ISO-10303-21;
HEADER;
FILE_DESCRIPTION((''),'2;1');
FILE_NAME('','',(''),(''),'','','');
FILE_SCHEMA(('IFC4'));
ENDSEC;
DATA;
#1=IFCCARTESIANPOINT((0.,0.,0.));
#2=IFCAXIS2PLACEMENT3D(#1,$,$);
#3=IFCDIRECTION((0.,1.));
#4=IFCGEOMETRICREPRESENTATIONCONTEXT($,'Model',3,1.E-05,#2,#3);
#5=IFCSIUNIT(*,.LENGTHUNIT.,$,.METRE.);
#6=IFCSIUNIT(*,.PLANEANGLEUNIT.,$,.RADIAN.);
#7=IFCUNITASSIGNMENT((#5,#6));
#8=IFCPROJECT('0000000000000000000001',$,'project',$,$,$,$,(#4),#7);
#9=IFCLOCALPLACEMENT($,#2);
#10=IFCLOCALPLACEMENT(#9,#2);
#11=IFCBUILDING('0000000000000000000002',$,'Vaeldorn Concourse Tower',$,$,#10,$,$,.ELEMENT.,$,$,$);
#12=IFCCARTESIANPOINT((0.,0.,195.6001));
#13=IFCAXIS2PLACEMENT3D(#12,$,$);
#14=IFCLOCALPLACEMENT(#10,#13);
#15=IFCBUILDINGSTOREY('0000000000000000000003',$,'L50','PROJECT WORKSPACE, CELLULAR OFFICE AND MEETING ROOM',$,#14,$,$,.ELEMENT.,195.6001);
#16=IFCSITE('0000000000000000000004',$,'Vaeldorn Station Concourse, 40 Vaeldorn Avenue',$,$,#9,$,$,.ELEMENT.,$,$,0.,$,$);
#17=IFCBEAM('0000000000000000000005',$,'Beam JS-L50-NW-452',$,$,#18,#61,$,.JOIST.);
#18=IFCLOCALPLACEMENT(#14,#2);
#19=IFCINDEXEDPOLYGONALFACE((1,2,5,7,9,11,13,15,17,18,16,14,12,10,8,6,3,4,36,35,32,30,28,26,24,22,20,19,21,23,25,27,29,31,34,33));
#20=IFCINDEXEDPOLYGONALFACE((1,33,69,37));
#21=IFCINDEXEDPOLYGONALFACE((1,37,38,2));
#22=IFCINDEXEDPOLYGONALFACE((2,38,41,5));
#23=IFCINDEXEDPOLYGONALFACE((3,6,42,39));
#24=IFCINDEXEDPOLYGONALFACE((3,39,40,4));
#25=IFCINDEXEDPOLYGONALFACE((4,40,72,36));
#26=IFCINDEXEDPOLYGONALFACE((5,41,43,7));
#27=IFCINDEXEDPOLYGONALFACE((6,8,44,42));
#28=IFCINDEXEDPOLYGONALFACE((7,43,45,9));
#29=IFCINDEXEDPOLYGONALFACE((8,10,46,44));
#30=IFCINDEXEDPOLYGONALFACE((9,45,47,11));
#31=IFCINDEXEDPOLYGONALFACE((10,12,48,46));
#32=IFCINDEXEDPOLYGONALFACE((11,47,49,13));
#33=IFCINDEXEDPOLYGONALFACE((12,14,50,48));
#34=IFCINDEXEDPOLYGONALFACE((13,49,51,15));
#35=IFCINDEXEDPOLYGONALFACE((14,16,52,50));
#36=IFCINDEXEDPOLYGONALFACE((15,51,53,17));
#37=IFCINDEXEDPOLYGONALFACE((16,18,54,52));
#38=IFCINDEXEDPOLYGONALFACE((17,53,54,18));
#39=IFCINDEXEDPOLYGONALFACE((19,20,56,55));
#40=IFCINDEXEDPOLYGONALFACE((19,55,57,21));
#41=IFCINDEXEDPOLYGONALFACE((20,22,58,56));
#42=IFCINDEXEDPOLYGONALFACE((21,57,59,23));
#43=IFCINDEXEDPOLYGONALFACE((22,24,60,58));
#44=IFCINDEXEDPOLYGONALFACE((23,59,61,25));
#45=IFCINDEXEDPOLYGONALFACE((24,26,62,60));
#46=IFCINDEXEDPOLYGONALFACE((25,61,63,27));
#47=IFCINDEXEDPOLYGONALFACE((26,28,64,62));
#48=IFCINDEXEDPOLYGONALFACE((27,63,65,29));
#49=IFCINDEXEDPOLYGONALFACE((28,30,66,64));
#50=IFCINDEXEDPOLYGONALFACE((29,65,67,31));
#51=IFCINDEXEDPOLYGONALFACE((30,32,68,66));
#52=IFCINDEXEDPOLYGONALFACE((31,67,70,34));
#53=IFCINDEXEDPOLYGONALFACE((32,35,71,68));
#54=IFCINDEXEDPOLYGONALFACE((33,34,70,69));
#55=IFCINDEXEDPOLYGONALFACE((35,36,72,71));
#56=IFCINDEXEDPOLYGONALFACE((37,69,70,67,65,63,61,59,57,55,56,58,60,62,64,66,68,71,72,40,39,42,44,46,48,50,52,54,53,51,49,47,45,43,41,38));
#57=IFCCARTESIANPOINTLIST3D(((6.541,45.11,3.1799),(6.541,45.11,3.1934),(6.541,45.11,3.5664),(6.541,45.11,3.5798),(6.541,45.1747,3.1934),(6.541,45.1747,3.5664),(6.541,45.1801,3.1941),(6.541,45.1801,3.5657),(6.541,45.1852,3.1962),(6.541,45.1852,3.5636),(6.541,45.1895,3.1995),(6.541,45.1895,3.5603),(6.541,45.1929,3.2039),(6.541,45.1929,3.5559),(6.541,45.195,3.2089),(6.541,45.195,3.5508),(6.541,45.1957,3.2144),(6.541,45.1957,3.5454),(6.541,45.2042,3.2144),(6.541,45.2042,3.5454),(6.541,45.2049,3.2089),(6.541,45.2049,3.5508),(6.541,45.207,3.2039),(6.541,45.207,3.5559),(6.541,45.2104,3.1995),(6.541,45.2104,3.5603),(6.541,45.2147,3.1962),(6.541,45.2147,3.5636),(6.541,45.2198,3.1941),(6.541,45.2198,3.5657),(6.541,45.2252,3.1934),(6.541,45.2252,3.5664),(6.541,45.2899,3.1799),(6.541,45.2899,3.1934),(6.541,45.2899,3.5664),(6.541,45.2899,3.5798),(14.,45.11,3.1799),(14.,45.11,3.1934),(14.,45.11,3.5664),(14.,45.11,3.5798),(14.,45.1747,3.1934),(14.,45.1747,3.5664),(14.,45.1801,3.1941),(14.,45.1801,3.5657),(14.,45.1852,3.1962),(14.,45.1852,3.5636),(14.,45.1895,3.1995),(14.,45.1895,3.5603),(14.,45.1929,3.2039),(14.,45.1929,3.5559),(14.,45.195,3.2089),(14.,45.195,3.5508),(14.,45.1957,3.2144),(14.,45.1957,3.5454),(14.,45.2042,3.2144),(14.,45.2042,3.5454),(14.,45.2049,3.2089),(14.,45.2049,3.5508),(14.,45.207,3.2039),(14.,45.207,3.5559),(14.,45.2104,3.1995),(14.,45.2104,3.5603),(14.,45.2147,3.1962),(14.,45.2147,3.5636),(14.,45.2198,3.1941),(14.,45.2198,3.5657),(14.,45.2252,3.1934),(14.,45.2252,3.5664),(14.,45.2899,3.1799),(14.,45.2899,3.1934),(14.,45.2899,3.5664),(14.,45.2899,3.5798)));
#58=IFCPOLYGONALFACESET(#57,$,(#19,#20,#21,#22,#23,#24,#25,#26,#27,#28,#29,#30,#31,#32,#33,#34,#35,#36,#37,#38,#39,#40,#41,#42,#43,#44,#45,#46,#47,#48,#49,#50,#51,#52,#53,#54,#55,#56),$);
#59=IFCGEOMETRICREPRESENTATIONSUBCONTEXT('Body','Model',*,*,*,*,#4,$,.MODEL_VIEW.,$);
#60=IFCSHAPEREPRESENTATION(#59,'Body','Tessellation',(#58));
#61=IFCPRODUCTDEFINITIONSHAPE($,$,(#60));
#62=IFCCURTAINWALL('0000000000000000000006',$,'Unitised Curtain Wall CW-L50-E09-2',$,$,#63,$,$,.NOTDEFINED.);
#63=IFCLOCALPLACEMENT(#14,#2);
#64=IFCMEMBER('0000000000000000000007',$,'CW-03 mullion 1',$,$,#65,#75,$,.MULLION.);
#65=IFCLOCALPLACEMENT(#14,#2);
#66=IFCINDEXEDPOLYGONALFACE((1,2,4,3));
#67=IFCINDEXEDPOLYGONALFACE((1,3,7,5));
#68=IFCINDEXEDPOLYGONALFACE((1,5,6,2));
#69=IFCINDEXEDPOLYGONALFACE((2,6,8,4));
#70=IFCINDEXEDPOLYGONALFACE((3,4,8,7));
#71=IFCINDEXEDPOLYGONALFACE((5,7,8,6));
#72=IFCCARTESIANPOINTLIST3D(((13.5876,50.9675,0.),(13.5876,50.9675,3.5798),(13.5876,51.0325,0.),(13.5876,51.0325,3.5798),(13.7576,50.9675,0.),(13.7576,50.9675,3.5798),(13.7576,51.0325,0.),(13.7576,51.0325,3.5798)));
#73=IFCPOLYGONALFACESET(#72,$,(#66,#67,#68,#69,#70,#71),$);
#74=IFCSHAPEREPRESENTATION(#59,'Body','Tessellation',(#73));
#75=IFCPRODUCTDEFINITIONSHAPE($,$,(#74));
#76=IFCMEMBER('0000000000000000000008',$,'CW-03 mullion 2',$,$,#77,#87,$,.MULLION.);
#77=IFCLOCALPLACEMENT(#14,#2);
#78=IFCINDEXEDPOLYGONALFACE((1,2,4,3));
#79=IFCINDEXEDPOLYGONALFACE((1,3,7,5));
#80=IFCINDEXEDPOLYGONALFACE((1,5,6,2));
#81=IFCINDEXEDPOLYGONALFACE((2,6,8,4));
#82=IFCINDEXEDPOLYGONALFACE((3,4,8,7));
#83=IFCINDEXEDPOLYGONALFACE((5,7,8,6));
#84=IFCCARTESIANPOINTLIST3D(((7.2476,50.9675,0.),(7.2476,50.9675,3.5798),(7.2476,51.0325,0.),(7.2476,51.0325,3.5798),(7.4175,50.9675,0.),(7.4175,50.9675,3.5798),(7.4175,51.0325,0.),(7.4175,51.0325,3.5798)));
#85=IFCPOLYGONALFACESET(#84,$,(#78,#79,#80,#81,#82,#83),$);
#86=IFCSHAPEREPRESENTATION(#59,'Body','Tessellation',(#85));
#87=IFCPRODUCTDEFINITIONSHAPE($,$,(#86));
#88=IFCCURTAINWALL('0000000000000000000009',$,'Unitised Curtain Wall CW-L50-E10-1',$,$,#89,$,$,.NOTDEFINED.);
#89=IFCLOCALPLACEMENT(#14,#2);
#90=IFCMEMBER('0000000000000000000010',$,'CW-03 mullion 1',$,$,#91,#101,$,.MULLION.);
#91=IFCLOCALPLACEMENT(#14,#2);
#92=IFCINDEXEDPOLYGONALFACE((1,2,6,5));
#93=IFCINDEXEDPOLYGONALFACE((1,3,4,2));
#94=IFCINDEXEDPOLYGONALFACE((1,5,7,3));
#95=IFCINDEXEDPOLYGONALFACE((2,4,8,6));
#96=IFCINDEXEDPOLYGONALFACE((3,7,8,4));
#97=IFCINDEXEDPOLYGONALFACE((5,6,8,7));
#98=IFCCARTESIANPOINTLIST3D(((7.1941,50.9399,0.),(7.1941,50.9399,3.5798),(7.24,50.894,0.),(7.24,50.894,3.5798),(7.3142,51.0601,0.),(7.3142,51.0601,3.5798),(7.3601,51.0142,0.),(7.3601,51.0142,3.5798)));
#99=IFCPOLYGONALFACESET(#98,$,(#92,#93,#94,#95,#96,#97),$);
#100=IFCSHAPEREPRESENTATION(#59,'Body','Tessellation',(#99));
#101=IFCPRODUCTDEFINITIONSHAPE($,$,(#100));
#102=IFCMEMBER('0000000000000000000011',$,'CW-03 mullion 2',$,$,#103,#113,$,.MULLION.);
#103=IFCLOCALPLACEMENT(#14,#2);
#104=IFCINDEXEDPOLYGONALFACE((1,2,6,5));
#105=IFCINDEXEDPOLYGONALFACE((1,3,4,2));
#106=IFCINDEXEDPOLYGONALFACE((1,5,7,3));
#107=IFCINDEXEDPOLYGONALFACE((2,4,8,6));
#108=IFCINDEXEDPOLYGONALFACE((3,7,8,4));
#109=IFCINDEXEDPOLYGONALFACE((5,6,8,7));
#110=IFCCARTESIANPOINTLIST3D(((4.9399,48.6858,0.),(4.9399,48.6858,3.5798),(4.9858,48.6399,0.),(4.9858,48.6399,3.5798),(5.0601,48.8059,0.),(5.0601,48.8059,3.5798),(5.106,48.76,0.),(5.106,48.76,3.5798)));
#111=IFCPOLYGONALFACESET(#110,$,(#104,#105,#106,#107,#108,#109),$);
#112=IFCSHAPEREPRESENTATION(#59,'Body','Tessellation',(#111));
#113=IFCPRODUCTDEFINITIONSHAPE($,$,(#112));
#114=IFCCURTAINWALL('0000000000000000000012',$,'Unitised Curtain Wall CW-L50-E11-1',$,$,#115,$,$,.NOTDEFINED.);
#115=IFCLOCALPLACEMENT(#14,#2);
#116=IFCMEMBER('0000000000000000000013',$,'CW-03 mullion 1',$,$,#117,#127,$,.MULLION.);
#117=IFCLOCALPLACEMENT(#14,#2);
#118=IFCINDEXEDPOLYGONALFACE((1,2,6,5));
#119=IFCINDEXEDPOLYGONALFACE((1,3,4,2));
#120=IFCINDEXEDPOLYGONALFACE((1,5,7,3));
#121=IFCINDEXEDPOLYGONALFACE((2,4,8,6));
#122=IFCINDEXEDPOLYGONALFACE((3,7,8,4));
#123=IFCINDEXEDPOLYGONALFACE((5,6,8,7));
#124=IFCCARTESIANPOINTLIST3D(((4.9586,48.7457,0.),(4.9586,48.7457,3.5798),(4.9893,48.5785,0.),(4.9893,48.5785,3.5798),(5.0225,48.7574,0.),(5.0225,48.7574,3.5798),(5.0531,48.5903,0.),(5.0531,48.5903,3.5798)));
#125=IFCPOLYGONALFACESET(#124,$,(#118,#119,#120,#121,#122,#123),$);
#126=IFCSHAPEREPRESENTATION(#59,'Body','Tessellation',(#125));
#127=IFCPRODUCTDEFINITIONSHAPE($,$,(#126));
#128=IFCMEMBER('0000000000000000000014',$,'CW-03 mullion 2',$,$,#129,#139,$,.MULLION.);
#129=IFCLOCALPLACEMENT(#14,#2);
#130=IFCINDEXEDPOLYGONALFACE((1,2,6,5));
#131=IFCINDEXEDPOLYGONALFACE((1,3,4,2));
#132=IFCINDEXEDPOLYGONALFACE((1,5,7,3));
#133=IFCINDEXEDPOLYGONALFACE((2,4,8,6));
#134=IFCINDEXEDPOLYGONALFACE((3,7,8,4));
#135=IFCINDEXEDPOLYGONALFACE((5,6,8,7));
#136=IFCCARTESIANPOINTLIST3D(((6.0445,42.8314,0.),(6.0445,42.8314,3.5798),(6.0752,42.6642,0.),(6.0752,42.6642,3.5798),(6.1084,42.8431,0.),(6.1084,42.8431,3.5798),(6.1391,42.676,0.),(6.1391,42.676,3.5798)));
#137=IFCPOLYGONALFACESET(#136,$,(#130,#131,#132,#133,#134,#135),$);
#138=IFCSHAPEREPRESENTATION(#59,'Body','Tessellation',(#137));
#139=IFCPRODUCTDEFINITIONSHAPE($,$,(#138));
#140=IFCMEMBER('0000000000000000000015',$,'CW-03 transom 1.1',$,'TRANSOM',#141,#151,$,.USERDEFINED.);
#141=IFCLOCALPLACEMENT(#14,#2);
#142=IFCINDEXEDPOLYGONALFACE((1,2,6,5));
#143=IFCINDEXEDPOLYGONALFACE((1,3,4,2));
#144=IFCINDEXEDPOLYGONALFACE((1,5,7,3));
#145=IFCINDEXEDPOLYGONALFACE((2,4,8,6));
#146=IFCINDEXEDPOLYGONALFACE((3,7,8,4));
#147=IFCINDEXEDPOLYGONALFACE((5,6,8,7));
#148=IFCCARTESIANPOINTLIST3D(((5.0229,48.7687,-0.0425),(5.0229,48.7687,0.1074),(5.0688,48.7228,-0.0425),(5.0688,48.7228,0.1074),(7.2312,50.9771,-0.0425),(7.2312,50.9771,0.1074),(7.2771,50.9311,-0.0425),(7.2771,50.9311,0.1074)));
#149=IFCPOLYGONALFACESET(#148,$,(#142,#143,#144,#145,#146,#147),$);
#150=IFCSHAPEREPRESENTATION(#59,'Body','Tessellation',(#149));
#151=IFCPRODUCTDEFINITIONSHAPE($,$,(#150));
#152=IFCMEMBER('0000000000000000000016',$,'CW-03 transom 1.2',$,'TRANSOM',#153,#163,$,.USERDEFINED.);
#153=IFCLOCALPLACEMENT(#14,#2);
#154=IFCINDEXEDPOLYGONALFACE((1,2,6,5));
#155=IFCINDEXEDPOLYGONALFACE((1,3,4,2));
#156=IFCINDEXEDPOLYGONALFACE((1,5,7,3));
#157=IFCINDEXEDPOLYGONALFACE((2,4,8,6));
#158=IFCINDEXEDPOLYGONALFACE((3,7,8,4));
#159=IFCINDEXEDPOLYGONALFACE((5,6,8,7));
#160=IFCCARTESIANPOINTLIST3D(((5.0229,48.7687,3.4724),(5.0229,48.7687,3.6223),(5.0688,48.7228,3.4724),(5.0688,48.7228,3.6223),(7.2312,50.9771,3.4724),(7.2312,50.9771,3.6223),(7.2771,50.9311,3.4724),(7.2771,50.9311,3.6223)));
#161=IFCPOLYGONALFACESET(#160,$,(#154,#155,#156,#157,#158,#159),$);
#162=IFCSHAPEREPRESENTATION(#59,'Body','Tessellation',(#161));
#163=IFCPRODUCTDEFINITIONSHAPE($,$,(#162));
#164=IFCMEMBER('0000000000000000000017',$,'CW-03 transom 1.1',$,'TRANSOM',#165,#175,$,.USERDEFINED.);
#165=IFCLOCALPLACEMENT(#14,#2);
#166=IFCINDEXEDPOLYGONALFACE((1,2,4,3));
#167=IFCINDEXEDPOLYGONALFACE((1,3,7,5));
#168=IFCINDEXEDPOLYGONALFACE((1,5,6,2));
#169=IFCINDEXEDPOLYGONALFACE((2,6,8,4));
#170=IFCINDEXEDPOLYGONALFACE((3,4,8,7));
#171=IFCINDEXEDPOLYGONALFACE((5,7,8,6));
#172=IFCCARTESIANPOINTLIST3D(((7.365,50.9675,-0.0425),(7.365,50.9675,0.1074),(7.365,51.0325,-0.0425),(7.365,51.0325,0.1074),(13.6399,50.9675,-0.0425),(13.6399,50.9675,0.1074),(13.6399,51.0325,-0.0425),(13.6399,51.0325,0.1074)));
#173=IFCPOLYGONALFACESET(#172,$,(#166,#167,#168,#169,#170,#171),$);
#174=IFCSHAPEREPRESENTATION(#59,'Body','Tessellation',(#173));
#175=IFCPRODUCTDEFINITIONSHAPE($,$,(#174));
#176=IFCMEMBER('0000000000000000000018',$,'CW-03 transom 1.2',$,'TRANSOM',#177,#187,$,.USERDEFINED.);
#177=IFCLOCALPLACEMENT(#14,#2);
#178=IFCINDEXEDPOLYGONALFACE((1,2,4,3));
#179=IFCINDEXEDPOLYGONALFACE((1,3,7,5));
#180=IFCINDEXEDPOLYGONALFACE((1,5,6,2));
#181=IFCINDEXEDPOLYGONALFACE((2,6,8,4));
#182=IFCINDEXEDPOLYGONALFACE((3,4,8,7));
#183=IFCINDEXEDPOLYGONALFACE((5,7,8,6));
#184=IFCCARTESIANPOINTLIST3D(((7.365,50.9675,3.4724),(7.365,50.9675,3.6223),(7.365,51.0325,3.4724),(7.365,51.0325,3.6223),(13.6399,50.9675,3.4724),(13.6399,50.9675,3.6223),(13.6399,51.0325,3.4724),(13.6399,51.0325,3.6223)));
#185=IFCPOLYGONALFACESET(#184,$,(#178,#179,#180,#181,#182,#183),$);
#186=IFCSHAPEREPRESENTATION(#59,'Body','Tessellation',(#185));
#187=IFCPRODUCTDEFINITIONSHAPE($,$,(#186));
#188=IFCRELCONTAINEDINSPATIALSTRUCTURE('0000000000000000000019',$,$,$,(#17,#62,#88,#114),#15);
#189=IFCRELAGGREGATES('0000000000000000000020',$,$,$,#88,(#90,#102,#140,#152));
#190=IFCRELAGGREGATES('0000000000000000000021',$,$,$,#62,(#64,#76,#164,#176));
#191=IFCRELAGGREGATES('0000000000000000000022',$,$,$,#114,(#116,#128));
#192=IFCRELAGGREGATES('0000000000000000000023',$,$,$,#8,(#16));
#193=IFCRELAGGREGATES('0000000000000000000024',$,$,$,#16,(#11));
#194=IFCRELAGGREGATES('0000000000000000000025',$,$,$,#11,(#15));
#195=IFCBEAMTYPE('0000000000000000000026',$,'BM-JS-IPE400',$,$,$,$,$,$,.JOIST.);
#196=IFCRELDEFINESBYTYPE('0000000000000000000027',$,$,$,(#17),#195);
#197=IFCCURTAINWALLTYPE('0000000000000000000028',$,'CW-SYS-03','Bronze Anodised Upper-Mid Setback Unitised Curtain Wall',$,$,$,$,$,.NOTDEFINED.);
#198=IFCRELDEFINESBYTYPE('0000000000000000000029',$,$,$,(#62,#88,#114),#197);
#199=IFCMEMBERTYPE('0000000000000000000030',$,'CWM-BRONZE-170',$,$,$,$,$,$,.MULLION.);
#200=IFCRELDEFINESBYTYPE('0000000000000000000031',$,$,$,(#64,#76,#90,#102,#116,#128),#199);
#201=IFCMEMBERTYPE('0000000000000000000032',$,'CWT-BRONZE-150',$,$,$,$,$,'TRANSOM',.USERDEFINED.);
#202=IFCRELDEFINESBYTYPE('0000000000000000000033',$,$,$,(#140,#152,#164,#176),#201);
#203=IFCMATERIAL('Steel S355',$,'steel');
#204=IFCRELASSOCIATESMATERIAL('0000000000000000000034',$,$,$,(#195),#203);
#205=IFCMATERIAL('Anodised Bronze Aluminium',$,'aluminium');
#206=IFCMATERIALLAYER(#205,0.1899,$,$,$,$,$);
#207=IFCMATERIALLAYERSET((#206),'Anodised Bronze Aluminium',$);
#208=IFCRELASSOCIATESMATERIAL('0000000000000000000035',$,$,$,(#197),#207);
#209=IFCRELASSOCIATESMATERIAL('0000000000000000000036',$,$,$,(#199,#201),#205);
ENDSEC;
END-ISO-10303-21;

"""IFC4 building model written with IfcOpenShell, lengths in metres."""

from ifc_helpers import new_model, si_unit, direction, frame, origin, origin_2d, place, context, subcontext, project, spatial, rectangle, i_section, extrude, source, transform, mapped, material, layer, layer_set, material_profile, profile_set, type_object, element, aggregate, save


model = new_model("IFC4")

# Units and contexts
model_context = context("Model", 3, precision=1e-05, world=origin(), true_north=direction((0.0, 1.0)))
body_context = subcontext(model_context, "Body", "Model", "MODEL_VIEW")
ifc_project = project(units=[si_unit("LENGTHUNIT", "METRE"), si_unit("PLANEANGLEUNIT", "RADIAN")], contexts=[model_context])

# Site, building, storey
site_placement = place(None, origin())
site = spatial("IfcSite", under=ifc_project, at=site_placement, Name="Vaeldorn Station Concourse, 40 Vaeldorn Avenue", CompositionType="ELEMENT", RefElevation=0.0)
building_placement = place(site_placement, origin())
building = spatial("IfcBuilding", under=site, at=building_placement, Name="Vaeldorn Concourse Tower", CompositionType="ELEMENT")
storey_placement = place(building_placement, frame((0.0, 0.0, 195.6001)))
storey = spatial("IfcBuildingStorey", under=building, at=storey_placement, Name="L50", Description="PROJECT WORKSPACE, CELLULAR OFFICE AND MEETING ROOM", CompositionType="ELEMENT", Elevation=195.6001)

# Beam
ifc_material_1 = material(Name="Steel S355", Category="steel")
ifc_material_profile_1 = material_profile(ifc_material_1, i_section(OverallWidth=0.1799, OverallDepth=0.3999, WebThickness=0.0085, FlangeThickness=0.0134, FilletRadius=0.021, at=origin_2d()), Name="IPE 400")
ifc_profile_set_1 = profile_set([ifc_material_profile_1], Name="Steel S355")
beam_type_1 = type_object("IfcBeamType", Name="BM-JS-IPE400", PredefinedType="JOIST", material=ifc_profile_set_1)
shared_shape_1 = source(origin(), body_context, "Body", "SweptSolid", [
    extrude(i_section(OverallWidth=0.1799, OverallDepth=0.3999, WebThickness=0.0085, FlangeThickness=0.0134, FilletRadius=0.021, at=origin_2d()), origin(), (0.0, 0.0, 1.0), 7.459),
])
beam_1_placement = place(storey_placement, frame((6.541, 45.2, 3.3799), z_axis=(1.0, 0.0, 0.0), x_axis=(0.0, 1.0, 0.0)))
element("IfcBeam", 1, at=beam_1_placement, inside=storey, type_object=beam_type_1, Name="Beam JS-L50-NW-452", PredefinedType="JOIST", context=body_context, shape_type="MappedRepresentation", body=[
    mapped(shared_shape_1, transform((0.0, 0.0, 0.0), scale=1.0)),
])

# Curtain walls, members
ifc_material_2 = material(Name="Anodised Bronze Aluminium", Category="aluminium")
ifc_layer_1 = layer(ifc_material_2, 0.1899)
ifc_layer_set_1 = layer_set([ifc_layer_1], Name="Anodised Bronze Aluminium")
curtain_wall_type = type_object("IfcCurtainWallType", Name="CW-SYS-03", Description="Bronze Anodised Upper-Mid Setback Unitised Curtain Wall", PredefinedType="NOTDEFINED", material=ifc_layer_set_1)
curtain_wall_1_placement = place(storey_placement, origin())
curtain_wall_1 = element("IfcCurtainWall", 2, at=curtain_wall_1_placement, inside=storey, type_object=curtain_wall_type, Name="Unitised Curtain Wall CW-L50-E09-2", PredefinedType="NOTDEFINED")
ifc_material_profile_2 = material_profile(ifc_material_2, rectangle(XDim=0.0649, YDim=0.1699, at=origin_2d()), Name="CWM 65x170")
ifc_profile_set_2 = profile_set([ifc_material_profile_2], Name="Anodised Bronze Aluminium")
member_type_1 = type_object("IfcMemberType", Name="CWM-BRONZE-170", PredefinedType="MULLION", material=ifc_profile_set_2)
shared_shape_2 = source(origin(), body_context, "Body", "SweptSolid", [
    extrude(rectangle(XDim=0.0649, YDim=0.1699, at=origin_2d()), origin(), (0.0, 0.0, 1.0), 3.5798),
])
member_1_placement = place(storey_placement, frame((13.6726, 51.0, 0.0), z_axis=(0.0, 0.0, 1.0), x_axis=(0.0, -1.0, 0.0)))
member_1 = element("IfcMember", 3, at=member_1_placement, type_object=member_type_1, Name="CW-03 mullion 1", PredefinedType="MULLION", context=body_context, shape_type="MappedRepresentation", body=[
    mapped(shared_shape_2, transform((0.0, 0.0, 0.0), scale=1.0)),
])
member_2_placement = place(storey_placement, frame((7.3325, 51.0, 0.0), z_axis=(0.0, 0.0, 1.0), x_axis=(0.0, -1.0, 0.0)))
member_2 = element("IfcMember", 4, at=member_2_placement, type_object=member_type_1, Name="CW-03 mullion 2", PredefinedType="MULLION", context=body_context, shape_type="MappedRepresentation", body=[
    mapped(shared_shape_2, transform((0.0, 0.0, 0.0), scale=1.0)),
])
curtain_wall_2_placement = place(storey_placement, origin())
curtain_wall_2 = element("IfcCurtainWall", 5, at=curtain_wall_2_placement, inside=storey, type_object=curtain_wall_type, Name="Unitised Curtain Wall CW-L50-E10-1", PredefinedType="NOTDEFINED")
member_3_placement = place(storey_placement, frame((7.2771, 50.9771, 0.0), z_axis=(0.0, 0.0, 1.0), x_axis=(0.707107, -0.707107, 0.0)))
member_3 = element("IfcMember", 6, at=member_3_placement, type_object=member_type_1, Name="CW-03 mullion 1", PredefinedType="MULLION", context=body_context, shape_type="MappedRepresentation", body=[
    mapped(shared_shape_2, transform((0.0, 0.0, 0.0), scale=1.0)),
])
member_4_placement = place(storey_placement, frame((5.0229, 48.7229, 0.0), z_axis=(0.0, 0.0, 1.0), x_axis=(0.707107, -0.707107, 0.0)))
member_4 = element("IfcMember", 7, at=member_4_placement, type_object=member_type_1, Name="CW-03 mullion 2", PredefinedType="MULLION", context=body_context, shape_type="MappedRepresentation", body=[
    mapped(shared_shape_2, transform((0.0, 0.0, 0.0), scale=1.0)),
])
curtain_wall_3_placement = place(storey_placement, origin())
curtain_wall_3 = element("IfcCurtainWall", 8, at=curtain_wall_3_placement, inside=storey, type_object=curtain_wall_type, Name="Unitised Curtain Wall CW-L50-E11-1", PredefinedType="NOTDEFINED")
member_5_placement = place(storey_placement, frame((5.0059, 48.668, 0.0), z_axis=(0.0, 0.0, 1.0), x_axis=(0.983559, 0.180585, 0.0)))
member_5 = element("IfcMember", 9, at=member_5_placement, type_object=member_type_1, Name="CW-03 mullion 1", PredefinedType="MULLION", context=body_context, shape_type="MappedRepresentation", body=[
    mapped(shared_shape_2, transform((0.0, 0.0, 0.0), scale=1.0)),
])
member_6_placement = place(storey_placement, frame((6.0918, 42.7537, 0.0), z_axis=(0.0, 0.0, 1.0), x_axis=(0.983559, 0.180585, 0.0)))
member_6 = element("IfcMember", 10, at=member_6_placement, type_object=member_type_1, Name="CW-03 mullion 2", PredefinedType="MULLION", context=body_context, shape_type="MappedRepresentation", body=[
    mapped(shared_shape_2, transform((0.0, 0.0, 0.0), scale=1.0)),
])

# Members
ifc_material_profile_3 = material_profile(ifc_material_2, rectangle(XDim=0.0649, YDim=0.1499, at=origin_2d()), Name="CWT 65x150")
ifc_profile_set_3 = profile_set([ifc_material_profile_3], Name="Anodised Bronze Aluminium")
member_type_2 = type_object("IfcMemberType", Name="CWT-BRONZE-150", ElementType="TRANSOM", PredefinedType="USERDEFINED", material=ifc_profile_set_3)
shared_shape_3 = source(origin(), body_context, "Body", "SweptSolid", [
    extrude(rectangle(XDim=0.0649, YDim=0.1499, at=origin_2d()), origin(), (0.0, 0.0, 1.0), 3.123),
])
member_7_placement = place(storey_placement, frame((7.2542, 50.9541, 0.0325), z_axis=(-0.707107, -0.707107, 0.0), x_axis=(0.707107, -0.707107, 0.0)))
member_7 = element("IfcMember", 11, at=member_7_placement, type_object=member_type_2, Name="CW-03 transom 1.1", ObjectType="TRANSOM", PredefinedType="USERDEFINED", context=body_context, shape_type="MappedRepresentation", body=[
    mapped(shared_shape_3, transform((0.0, 0.0, 0.0), scale=1.0)),
])
member_8_placement = place(storey_placement, frame((7.2542, 50.9541, 3.5474), z_axis=(-0.707107, -0.707107, 0.0), x_axis=(0.707107, -0.707107, 0.0)))
member_8 = element("IfcMember", 12, at=member_8_placement, type_object=member_type_2, Name="CW-03 transom 1.2", ObjectType="TRANSOM", PredefinedType="USERDEFINED", context=body_context, shape_type="MappedRepresentation", body=[
    mapped(shared_shape_3, transform((0.0, 0.0, 0.0), scale=1.0)),
])
shared_shape_4 = source(origin(), body_context, "Body", "SweptSolid", [
    extrude(rectangle(XDim=0.0649, YDim=0.1499, at=origin_2d()), origin(), (0.0, 0.0, 1.0), 6.2749),
])
member_9_placement = place(storey_placement, frame((13.6399, 51.0, 0.0325), z_axis=(-1.0, 0.0, 0.0), x_axis=(0.0, -1.0, 0.0)))
member_9 = element("IfcMember", 13, at=member_9_placement, type_object=member_type_2, Name="CW-03 transom 1.1", ObjectType="TRANSOM", PredefinedType="USERDEFINED", context=body_context, shape_type="MappedRepresentation", body=[
    mapped(shared_shape_4, transform((0.0, 0.0, 0.0), scale=1.0)),
])
member_10_placement = place(storey_placement, frame((13.6399, 51.0, 3.5474), z_axis=(-1.0, 0.0, 0.0), x_axis=(0.0, -1.0, 0.0)))
member_10 = element("IfcMember", 14, at=member_10_placement, type_object=member_type_2, Name="CW-03 transom 1.2", ObjectType="TRANSOM", PredefinedType="USERDEFINED", context=body_context, shape_type="MappedRepresentation", body=[
    mapped(shared_shape_4, transform((0.0, 0.0, 0.0), scale=1.0)),
])

aggregate(curtain_wall_2, [member_3, member_4, member_7, member_8])
aggregate(curtain_wall_1, [member_1, member_2, member_9, member_10])
aggregate(curtain_wall_3, [member_5, member_6])

save(model, "model.ifc")
